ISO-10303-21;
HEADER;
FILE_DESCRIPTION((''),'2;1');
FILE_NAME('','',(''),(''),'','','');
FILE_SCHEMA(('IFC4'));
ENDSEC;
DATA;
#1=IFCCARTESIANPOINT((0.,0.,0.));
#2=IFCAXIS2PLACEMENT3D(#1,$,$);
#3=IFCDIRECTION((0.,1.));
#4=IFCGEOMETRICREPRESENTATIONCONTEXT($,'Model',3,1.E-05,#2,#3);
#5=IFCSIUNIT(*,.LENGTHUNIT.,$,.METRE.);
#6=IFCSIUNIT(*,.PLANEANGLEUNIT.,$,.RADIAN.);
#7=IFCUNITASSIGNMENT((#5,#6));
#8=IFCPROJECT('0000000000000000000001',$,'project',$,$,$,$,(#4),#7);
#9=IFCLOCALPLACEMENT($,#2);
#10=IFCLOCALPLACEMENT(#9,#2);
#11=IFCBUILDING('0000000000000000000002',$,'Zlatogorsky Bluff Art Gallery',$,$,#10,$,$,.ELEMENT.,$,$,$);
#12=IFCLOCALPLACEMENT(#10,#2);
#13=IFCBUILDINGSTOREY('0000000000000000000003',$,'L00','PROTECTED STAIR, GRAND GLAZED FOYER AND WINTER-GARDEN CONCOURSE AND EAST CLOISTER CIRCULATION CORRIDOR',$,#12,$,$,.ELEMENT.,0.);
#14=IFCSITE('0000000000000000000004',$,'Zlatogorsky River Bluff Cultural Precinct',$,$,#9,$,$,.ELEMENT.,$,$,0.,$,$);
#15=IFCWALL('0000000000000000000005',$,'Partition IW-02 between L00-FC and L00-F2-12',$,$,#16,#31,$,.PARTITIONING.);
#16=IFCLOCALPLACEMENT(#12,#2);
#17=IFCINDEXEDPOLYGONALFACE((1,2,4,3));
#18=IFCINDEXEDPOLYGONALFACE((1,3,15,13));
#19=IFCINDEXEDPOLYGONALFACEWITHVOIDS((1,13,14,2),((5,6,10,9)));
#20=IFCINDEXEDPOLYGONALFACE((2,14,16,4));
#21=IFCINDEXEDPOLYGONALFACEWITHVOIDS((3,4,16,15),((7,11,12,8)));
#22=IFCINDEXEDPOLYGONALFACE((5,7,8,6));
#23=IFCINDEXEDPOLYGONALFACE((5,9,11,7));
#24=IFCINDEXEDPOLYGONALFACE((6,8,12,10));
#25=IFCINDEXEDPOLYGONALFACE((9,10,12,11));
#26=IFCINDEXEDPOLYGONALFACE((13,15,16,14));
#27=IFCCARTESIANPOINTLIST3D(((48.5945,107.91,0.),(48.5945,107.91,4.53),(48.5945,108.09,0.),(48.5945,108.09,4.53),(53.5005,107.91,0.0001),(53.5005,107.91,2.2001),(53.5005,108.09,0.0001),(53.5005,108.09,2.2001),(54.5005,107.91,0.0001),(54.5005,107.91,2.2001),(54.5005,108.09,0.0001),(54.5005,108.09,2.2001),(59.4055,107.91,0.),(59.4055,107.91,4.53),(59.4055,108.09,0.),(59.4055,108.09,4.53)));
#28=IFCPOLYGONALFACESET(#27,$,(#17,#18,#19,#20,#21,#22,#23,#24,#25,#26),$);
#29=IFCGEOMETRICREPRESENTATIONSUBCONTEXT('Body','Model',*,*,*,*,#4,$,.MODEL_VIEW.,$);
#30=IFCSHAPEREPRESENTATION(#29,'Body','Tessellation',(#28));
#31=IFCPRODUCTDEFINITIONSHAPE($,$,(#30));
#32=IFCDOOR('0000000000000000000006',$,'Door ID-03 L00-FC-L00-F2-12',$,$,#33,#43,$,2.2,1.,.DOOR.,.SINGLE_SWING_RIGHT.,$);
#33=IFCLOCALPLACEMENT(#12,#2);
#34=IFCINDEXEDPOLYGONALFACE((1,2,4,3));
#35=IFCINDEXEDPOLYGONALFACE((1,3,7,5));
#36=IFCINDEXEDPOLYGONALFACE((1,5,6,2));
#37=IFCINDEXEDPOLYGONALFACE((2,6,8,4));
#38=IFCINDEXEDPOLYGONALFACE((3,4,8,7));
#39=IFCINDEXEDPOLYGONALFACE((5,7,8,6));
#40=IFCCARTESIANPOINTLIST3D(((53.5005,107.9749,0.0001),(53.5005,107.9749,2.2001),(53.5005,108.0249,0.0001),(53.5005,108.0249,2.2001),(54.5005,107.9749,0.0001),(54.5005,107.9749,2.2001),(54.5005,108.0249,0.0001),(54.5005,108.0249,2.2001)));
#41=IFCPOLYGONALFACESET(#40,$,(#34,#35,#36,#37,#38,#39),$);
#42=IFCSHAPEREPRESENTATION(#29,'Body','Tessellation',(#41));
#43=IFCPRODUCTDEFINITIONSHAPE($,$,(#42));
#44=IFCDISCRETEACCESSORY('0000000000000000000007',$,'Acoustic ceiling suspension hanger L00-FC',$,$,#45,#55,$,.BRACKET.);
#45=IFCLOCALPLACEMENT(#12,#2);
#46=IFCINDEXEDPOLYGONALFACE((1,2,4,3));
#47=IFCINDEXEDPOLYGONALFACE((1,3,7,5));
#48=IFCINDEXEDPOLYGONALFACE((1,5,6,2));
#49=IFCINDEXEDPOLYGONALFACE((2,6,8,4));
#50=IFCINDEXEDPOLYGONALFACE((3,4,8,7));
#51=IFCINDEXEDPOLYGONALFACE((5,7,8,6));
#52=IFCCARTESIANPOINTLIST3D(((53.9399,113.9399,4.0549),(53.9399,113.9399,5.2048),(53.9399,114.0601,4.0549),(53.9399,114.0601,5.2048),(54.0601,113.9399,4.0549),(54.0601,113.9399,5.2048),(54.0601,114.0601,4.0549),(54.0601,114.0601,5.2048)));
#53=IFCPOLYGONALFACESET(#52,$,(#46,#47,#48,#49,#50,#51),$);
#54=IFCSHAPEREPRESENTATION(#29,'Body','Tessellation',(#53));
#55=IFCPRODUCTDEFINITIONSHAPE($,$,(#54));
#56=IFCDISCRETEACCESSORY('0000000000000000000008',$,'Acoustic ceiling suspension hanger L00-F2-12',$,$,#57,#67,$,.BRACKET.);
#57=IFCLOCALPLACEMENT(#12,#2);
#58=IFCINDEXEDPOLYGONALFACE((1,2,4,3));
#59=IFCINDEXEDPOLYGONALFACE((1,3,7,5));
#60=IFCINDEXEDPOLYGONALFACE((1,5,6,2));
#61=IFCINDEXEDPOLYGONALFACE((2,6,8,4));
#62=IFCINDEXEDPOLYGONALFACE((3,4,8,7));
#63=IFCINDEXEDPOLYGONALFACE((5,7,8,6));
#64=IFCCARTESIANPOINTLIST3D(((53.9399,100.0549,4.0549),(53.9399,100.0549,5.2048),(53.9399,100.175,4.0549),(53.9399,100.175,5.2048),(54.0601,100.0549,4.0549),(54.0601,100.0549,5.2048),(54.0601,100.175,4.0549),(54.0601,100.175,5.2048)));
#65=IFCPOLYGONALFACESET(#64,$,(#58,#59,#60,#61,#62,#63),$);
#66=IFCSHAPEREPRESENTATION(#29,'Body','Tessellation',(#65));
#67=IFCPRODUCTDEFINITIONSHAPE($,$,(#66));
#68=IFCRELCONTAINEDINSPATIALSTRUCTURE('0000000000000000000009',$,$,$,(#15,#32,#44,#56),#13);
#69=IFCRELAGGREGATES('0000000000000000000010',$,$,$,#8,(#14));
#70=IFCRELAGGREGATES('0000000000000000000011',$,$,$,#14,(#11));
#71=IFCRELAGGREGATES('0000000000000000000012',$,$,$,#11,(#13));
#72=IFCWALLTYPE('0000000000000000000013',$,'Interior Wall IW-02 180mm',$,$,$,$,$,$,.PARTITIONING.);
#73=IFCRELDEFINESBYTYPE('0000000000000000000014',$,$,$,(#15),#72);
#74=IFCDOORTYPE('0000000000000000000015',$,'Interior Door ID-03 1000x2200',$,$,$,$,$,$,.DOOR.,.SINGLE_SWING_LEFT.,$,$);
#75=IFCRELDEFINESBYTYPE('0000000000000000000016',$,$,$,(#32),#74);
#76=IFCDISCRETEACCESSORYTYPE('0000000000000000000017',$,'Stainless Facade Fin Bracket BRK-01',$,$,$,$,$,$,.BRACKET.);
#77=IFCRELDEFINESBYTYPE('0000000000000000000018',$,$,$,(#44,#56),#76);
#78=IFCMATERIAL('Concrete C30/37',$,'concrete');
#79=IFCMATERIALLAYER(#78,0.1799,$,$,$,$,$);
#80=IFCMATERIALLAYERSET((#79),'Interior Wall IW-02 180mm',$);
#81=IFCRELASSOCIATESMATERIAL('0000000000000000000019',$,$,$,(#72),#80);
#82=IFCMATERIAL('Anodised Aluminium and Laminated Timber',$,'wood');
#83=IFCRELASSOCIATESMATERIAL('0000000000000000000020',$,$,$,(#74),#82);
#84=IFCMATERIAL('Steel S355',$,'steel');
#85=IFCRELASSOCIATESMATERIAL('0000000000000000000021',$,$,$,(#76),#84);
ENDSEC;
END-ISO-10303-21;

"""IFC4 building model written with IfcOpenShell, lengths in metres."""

from ifc_helpers import new_model, si_unit, direction, frame, frame_2d, origin, origin_2d, place, context, subcontext, project, spatial, rectangle, extrude, material, layer, layer_set, type_object, element, fill, save


model = new_model("IFC4")

# Units and contexts
model_context = context("Model", 3, precision=1e-05, world=origin(), true_north=direction((0.0, 1.0)))
body_context = subcontext(model_context, "Body", "Model", "MODEL_VIEW")
ifc_project = project(units=[si_unit("LENGTHUNIT", "METRE"), si_unit("PLANEANGLEUNIT", "RADIAN")], contexts=[model_context])

# Site, building, storey
site_placement = place(None, origin())
site = spatial("IfcSite", under=ifc_project, at=site_placement, Name="Zlatogorsky River Bluff Cultural Precinct", CompositionType="ELEMENT", RefElevation=0.0)
building_placement = place(site_placement, origin())
building = spatial("IfcBuilding", under=site, at=building_placement, Name="Zlatogorsky Bluff Art Gallery", CompositionType="ELEMENT")
storey_placement = place(building_placement, origin())
storey = spatial("IfcBuildingStorey", under=building, at=storey_placement, Name="L00", Description="PROTECTED STAIR, GRAND GLAZED FOYER AND WINTER-GARDEN CONCOURSE AND EAST CLOISTER CIRCULATION CORRIDOR", CompositionType="ELEMENT", Elevation=0.0)

# Shared definitions
ifc_material_1 = material(Name="Steel S355", Category="steel")

# Wall, opening, door
ifc_material_2 = material(Name="Concrete C30/37", Category="concrete")
ifc_layer_1 = layer(ifc_material_2, 0.1799)
ifc_layer_set_1 = layer_set([ifc_layer_1], Name="Interior Wall IW-02 180mm")
wall_type = type_object("IfcWallType", Name="Interior Wall IW-02 180mm", PredefinedType="PARTITIONING", material=ifc_layer_set_1)
wall_placement = place(storey_placement, frame((48.5945, 108.0, 0.0), z_axis=(0.0, 0.0, 1.0), x_axis=(1.0, 0.0, 0.0)))
wall = element("IfcWall", 1, at=wall_placement, inside=storey, type_object=wall_type, Name="Partition IW-02 between L00-FC and L00-F2-12", PredefinedType="PARTITIONING", context=body_context, shape_type="SweptSolid", body=[
    extrude(rectangle(XDim=10.811, YDim=0.1799, at=frame_2d((5.4055, 0.0))), origin(), (0.0, 0.0, 1.0), 4.53),
])
opening_placement = place(wall_placement, frame((4.906, 0.0, 0.0)))
opening = element("IfcOpeningElement", 2, at=opening_placement, cuts=wall, PredefinedType="OPENING", context=body_context, shape_type="SweptSolid", body=[
    extrude(rectangle(XDim=1.0, YDim=2.2, at=frame_2d((0.5, 1.1001))), frame((0.0, 0.0999, 0.0), z_axis=(0.0, -1.0, 0.0), x_axis=(1.0, 0.0, 0.0)), (0.0, 0.0, 1.0), 0.2),
])
ifc_material_3 = material(Name="Anodised Aluminium and Laminated Timber", Category="wood")
door_type = type_object("IfcDoorType", Name="Interior Door ID-03 1000x2200", OperationType="SINGLE_SWING_LEFT", PredefinedType="DOOR", material=ifc_material_3)
door_placement = place(opening_placement, origin())
door = element("IfcDoor", 3, at=door_placement, inside=storey, type_object=door_type, Name="Door ID-03 L00-FC-L00-F2-12", OperationType="SINGLE_SWING_RIGHT", OverallHeight=2.2, OverallWidth=1.0, PredefinedType="DOOR", context=body_context, shape_type="SweptSolid", body=[
    extrude(rectangle(XDim=1.0, YDim=2.2, at=frame_2d((0.5, 1.1001))), frame((0.0, 0.0249, 0.0), z_axis=(0.0, -1.0, 0.0), x_axis=(1.0, 0.0, 0.0)), (0.0, 0.0, 1.0), 0.05),
])
fill(opening, door)

# Discrete accessories
discrete_accessory_type = type_object("IfcDiscreteAccessoryType", Name="Stainless Facade Fin Bracket BRK-01", PredefinedType="BRACKET", material=ifc_material_1)
for number, where, z_axis, x_axis, name in (
    (4, (54.0, 114.0, 4.0549), (0.0, 0.0, 1.0), (1.0, 0.0, 0.0), "Acoustic ceiling suspension hanger L00-FC"),
    (5, (54.0, 100.115, 4.0549), (0.0, 0.0, 1.0), (1.0, 0.0, 0.0), "Acoustic ceiling suspension hanger L00-F2-12"),
):
    element("IfcDiscreteAccessory", number, at=place(storey_placement, frame(where, z_axis=z_axis, x_axis=x_axis)), inside=storey, type_object=discrete_accessory_type, Name=name, PredefinedType="BRACKET", context=body_context, shape_type="SweptSolid", body=[
        extrude(rectangle(XDim=0.1201, YDim=0.1201, at=origin_2d()), origin(), (0.0, 0.0, 1.0), 1.1499),
    ])

save(model, "model.ifc")
